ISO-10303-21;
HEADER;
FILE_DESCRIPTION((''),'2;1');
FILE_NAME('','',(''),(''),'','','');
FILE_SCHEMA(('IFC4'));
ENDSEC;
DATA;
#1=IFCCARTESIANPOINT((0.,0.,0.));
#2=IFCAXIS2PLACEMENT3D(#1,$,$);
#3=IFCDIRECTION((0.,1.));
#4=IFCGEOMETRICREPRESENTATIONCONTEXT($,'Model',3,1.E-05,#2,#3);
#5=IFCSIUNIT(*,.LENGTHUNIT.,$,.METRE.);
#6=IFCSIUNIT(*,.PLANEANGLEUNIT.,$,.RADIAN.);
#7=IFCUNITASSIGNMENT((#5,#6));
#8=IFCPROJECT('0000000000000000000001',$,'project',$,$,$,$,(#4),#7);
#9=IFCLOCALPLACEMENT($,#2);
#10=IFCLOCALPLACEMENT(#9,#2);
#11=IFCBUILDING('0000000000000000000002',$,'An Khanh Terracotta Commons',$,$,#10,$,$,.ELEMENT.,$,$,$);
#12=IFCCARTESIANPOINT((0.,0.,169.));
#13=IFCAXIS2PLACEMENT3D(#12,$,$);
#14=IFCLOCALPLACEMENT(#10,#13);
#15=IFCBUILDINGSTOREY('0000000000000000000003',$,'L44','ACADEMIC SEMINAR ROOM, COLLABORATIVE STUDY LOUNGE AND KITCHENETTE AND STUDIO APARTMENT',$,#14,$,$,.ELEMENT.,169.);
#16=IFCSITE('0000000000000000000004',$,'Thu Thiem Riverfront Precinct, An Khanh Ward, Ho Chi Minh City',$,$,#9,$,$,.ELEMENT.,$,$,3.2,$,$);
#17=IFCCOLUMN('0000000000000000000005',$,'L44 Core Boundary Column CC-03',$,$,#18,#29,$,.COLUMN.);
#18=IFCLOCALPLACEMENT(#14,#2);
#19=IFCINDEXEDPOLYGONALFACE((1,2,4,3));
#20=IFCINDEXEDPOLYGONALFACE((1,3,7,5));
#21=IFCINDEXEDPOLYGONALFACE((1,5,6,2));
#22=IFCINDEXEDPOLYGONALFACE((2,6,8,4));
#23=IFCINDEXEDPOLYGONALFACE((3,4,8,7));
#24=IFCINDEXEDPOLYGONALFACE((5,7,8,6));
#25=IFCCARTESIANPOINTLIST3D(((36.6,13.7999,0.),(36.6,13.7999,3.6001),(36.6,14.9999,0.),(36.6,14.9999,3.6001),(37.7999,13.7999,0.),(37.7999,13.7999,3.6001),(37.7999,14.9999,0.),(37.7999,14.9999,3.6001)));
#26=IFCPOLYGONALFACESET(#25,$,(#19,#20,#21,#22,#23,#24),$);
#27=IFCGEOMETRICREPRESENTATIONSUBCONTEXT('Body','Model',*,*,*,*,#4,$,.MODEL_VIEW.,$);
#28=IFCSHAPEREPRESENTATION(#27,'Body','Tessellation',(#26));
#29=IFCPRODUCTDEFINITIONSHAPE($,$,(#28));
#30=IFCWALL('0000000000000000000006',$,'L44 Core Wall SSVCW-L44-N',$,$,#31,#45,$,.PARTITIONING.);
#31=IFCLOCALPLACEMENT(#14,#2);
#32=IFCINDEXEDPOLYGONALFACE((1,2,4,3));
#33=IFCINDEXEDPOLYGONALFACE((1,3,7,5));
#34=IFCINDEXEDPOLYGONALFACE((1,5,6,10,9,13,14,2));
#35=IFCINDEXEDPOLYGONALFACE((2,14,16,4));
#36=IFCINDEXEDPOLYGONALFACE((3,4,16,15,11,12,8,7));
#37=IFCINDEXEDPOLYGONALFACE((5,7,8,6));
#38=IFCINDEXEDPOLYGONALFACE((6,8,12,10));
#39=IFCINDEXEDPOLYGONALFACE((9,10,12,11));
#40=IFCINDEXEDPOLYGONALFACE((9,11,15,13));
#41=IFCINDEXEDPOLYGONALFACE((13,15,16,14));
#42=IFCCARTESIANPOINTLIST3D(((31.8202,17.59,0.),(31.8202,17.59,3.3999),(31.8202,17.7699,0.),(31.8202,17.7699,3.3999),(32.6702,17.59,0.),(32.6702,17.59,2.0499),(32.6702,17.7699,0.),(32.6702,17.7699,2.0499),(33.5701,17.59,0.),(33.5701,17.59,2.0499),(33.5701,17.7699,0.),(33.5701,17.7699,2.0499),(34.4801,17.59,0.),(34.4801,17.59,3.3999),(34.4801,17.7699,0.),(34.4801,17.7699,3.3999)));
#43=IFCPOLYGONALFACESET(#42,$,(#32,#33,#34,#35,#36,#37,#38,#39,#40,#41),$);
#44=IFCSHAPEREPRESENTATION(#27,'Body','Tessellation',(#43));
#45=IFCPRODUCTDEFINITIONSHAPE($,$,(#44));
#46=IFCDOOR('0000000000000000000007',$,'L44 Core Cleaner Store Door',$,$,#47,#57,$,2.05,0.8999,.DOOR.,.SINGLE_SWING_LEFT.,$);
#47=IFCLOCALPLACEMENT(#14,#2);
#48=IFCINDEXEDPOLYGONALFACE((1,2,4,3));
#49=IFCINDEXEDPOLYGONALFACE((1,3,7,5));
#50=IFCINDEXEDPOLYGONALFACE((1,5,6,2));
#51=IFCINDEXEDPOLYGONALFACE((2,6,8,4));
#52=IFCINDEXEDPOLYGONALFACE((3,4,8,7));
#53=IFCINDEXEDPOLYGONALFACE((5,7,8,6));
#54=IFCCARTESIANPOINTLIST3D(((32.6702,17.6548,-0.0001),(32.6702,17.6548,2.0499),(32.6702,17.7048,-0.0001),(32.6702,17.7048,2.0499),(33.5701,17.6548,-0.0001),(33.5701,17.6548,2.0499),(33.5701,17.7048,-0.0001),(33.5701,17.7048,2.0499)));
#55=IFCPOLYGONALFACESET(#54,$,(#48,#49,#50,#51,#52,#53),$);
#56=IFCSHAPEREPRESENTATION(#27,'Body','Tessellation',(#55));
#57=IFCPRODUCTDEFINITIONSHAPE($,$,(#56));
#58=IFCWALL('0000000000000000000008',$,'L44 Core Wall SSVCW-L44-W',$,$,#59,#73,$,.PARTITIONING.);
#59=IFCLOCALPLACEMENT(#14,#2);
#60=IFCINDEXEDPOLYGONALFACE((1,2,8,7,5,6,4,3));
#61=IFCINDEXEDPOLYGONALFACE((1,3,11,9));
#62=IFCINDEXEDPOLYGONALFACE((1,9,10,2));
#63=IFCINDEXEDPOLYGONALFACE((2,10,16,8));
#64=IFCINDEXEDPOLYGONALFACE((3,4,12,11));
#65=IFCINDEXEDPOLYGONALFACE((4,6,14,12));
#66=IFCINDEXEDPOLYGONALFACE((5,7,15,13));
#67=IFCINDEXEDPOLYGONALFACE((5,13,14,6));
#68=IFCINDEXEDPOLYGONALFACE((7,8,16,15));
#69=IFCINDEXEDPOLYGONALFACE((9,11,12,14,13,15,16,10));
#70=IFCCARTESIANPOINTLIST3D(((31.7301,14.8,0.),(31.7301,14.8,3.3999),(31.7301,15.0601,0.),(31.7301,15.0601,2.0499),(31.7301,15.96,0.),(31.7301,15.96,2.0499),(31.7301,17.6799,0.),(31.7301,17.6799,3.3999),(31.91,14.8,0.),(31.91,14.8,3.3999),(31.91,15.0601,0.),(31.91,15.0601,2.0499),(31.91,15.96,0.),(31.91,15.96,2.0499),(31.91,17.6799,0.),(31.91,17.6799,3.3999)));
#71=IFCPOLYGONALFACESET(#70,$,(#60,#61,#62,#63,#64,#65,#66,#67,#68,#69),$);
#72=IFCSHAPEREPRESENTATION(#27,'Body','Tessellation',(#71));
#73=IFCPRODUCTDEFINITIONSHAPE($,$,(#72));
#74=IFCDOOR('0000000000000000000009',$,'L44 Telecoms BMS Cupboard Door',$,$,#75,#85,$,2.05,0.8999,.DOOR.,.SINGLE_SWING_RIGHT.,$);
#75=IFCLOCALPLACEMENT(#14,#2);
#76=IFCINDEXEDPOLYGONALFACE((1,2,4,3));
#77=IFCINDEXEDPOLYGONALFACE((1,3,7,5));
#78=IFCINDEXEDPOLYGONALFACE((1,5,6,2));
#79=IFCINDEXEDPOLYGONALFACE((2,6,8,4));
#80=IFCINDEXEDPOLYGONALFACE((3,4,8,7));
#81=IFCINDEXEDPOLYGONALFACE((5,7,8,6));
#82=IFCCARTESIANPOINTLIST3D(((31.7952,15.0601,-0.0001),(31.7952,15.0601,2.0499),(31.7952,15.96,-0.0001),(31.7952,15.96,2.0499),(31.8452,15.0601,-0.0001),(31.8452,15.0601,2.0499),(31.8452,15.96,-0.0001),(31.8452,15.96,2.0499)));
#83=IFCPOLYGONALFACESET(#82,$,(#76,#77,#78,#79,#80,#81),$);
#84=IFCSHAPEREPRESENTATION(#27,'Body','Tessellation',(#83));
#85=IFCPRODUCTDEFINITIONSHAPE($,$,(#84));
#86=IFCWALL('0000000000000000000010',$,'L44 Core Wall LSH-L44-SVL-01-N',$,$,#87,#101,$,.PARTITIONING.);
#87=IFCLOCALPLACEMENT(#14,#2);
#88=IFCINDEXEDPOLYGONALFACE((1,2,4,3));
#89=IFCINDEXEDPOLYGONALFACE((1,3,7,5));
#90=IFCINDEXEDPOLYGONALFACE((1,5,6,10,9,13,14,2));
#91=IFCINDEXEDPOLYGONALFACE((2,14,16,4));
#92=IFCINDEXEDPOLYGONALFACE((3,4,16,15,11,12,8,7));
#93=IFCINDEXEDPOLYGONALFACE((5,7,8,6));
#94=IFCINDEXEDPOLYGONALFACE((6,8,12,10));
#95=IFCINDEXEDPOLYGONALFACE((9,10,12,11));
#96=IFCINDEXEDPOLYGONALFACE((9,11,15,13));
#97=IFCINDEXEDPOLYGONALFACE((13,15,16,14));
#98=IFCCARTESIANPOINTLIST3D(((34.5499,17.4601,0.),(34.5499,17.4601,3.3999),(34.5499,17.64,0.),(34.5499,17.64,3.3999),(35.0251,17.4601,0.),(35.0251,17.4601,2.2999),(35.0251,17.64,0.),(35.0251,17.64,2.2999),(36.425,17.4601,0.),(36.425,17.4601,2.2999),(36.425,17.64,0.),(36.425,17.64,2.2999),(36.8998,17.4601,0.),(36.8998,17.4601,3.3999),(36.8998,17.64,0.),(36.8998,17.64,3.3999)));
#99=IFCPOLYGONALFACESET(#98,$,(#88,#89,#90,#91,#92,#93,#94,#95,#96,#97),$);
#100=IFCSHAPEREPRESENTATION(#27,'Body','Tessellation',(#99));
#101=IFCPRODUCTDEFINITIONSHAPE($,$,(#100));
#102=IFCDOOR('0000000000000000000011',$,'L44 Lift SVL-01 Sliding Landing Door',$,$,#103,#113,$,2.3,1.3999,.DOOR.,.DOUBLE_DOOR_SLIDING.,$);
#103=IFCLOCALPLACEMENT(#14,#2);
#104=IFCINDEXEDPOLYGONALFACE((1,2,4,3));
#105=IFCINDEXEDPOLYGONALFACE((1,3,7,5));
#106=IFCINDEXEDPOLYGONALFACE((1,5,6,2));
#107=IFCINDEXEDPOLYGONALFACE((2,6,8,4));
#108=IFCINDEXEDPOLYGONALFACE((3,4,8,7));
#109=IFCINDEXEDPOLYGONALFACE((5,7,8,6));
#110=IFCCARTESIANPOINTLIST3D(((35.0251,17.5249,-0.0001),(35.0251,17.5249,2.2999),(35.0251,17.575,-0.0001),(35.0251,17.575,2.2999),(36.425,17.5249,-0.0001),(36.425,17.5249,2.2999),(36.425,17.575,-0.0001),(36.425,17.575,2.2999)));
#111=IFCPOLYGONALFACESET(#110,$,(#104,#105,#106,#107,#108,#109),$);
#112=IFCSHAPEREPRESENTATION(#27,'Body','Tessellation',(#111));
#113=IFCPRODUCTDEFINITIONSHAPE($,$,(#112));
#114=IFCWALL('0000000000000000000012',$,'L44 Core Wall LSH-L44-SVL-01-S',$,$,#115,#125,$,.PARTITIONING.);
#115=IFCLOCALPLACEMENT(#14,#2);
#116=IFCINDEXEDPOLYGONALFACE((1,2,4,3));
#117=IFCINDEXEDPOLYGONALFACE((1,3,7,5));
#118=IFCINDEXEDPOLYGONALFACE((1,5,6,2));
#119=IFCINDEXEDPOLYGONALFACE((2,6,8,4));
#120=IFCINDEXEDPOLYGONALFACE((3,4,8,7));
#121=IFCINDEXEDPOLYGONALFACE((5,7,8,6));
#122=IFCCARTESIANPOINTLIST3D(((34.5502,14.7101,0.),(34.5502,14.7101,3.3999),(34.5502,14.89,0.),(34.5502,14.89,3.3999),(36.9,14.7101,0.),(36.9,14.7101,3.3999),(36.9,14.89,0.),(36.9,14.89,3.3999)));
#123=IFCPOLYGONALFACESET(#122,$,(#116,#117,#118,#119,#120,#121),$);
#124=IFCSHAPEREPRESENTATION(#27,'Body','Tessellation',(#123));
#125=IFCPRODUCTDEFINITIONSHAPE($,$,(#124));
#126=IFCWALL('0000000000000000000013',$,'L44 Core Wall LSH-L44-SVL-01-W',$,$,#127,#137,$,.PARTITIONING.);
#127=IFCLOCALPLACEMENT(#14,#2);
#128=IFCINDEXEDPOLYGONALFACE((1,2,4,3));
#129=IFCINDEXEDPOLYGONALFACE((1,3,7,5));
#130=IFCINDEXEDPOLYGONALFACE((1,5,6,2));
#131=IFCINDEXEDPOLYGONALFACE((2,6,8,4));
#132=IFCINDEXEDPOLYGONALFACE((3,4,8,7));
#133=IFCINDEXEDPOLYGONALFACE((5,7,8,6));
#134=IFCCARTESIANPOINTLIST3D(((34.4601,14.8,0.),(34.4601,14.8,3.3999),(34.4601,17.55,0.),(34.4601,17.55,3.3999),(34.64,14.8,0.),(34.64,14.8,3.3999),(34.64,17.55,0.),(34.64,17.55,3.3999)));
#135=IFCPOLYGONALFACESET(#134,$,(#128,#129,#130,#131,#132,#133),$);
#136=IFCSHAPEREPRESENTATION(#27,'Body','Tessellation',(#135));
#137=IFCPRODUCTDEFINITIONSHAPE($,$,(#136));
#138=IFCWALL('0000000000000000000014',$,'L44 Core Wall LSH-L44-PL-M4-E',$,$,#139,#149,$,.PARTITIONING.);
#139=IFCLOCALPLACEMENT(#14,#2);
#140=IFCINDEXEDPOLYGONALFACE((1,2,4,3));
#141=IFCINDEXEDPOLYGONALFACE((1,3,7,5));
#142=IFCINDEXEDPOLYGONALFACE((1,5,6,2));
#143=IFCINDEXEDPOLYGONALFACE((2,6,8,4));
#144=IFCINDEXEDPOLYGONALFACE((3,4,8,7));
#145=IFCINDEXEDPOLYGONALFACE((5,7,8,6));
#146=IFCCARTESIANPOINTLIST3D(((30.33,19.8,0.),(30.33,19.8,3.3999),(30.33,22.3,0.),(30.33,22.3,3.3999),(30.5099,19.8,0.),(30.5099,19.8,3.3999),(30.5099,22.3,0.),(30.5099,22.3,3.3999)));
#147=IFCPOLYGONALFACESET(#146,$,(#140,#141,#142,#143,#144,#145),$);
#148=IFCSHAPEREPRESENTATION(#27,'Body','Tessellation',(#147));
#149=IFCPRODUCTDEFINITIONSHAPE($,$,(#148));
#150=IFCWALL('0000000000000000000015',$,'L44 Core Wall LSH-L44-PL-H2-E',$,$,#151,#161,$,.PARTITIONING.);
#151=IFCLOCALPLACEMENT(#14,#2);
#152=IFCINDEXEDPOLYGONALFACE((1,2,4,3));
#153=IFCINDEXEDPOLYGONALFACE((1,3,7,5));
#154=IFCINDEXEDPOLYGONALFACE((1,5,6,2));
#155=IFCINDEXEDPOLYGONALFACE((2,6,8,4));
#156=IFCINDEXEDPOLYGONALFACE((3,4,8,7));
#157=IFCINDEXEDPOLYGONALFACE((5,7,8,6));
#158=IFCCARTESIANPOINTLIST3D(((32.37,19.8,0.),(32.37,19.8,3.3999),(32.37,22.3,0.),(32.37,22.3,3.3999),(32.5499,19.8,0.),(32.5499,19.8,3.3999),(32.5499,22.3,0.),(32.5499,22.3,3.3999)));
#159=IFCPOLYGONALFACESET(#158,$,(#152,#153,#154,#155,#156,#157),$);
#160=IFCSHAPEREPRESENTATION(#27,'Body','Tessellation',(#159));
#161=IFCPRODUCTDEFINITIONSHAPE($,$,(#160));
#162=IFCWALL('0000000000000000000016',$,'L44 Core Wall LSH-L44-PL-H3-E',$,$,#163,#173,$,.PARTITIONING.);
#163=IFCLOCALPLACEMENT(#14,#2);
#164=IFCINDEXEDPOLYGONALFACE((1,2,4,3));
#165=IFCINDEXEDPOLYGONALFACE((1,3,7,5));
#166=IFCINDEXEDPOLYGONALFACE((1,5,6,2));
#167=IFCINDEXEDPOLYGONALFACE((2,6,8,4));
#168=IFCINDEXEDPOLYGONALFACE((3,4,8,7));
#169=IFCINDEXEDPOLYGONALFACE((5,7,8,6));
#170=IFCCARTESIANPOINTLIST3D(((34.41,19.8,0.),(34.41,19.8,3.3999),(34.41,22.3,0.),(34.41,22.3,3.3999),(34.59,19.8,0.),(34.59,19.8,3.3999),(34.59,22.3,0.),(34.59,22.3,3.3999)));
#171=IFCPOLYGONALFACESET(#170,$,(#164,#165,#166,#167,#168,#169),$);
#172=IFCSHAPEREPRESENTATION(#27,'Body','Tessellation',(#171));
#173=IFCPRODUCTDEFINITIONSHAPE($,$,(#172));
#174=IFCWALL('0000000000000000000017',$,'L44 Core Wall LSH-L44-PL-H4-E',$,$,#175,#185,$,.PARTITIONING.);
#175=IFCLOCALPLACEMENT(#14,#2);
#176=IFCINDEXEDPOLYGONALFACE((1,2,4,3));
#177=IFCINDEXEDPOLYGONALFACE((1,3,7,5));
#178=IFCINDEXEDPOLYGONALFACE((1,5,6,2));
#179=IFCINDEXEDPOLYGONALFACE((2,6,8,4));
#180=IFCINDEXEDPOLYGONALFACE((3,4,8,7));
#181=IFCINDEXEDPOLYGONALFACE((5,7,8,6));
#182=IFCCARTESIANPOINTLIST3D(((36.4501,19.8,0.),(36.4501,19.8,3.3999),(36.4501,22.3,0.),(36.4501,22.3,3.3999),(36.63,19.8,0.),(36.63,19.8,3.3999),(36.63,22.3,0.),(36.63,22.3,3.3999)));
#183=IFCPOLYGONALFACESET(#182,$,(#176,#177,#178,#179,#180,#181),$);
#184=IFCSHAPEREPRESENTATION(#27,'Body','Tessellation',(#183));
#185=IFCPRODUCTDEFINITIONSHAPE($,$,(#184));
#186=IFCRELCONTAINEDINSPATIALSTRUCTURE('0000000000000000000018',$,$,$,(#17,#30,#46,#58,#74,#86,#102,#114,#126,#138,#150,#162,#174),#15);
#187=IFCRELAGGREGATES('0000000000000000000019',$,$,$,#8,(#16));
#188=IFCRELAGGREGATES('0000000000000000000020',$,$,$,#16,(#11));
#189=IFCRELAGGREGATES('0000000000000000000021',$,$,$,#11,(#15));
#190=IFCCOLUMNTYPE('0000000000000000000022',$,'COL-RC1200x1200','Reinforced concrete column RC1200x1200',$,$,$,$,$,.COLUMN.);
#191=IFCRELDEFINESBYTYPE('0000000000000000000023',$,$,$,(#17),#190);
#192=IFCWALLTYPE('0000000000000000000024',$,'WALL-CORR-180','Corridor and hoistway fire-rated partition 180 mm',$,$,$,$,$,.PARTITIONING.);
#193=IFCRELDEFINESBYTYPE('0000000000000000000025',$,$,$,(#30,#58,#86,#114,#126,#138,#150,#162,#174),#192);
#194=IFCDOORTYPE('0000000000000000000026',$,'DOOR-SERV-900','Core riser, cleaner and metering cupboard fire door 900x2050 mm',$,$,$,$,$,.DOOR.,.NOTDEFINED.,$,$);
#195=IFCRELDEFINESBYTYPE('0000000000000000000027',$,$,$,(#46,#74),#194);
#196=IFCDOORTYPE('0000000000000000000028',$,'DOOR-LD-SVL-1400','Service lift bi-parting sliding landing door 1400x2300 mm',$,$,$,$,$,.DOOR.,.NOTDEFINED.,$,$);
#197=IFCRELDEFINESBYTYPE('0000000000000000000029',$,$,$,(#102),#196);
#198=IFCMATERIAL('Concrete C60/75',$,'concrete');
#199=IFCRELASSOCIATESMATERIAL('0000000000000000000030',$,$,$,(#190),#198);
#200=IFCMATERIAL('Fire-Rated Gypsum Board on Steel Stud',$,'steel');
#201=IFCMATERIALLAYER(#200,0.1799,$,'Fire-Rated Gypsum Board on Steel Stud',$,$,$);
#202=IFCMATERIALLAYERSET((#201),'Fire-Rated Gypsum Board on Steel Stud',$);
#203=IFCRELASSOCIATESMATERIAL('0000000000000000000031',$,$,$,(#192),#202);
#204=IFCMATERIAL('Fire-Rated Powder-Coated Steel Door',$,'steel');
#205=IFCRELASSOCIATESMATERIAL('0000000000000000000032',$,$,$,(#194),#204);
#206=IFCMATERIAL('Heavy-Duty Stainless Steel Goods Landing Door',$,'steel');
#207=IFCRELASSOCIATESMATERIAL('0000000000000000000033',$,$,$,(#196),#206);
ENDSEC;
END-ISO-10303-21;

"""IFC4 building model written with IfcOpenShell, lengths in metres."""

from ifc_helpers import new_model, si_unit, direction, frame, frame_2d, origin, origin_2d, place, context, subcontext, project, spatial, rectangle, extrude, material, layer, layer_set, material_profile, profile_set, type_object, element, fill, save


model = new_model("IFC4")

# Units and contexts
model_context = context("Model", 3, precision=1e-05, world=origin(), true_north=direction((0.0, 1.0)))
body_context = subcontext(model_context, "Body", "Model", "MODEL_VIEW")
ifc_project = project(units=[si_unit("LENGTHUNIT", "METRE"), si_unit("PLANEANGLEUNIT", "RADIAN")], contexts=[model_context])

# Site, building, storey
site_placement = place(None, origin())
site = spatial("IfcSite", under=ifc_project, at=site_placement, Name="Thu Thiem Riverfront Precinct, An Khanh Ward, Ho Chi Minh City", CompositionType="ELEMENT", RefElevation=3.2)
building_placement = place(site_placement, origin())
building = spatial("IfcBuilding", under=site, at=building_placement, Name="An Khanh Terracotta Commons", CompositionType="ELEMENT")
storey_placement = place(building_placement, frame((0.0, 0.0, 169.0)))
storey = spatial("IfcBuildingStorey", under=building, at=storey_placement, Name="L44", Description="ACADEMIC SEMINAR ROOM, COLLABORATIVE STUDY LOUNGE AND KITCHENETTE AND STUDIO APARTMENT", CompositionType="ELEMENT", Elevation=169.0)

# Column
ifc_material_1 = material(Name="Concrete C60/75", Category="concrete")
ifc_material_profile = material_profile(ifc_material_1, rectangle(XDim=1.2, YDim=1.2, at=origin_2d()), Name="RC1200x1200")
ifc_profile_set = profile_set([ifc_material_profile], Name="Concrete C60/75")
column_type = type_object("IfcColumnType", Name="COL-RC1200x1200", Description="Reinforced concrete column RC1200x1200", PredefinedType="COLUMN", material=ifc_profile_set)
column_placement = place(storey_placement, frame((37.2, 14.3999, 0.0), z_axis=(0.0, 0.0, 1.0), x_axis=(1.0, 0.0, 0.0)))
element("IfcColumn", 1, at=column_placement, inside=storey, type_object=column_type, Name="L44 Core Boundary Column CC-03", PredefinedType="COLUMN", context=body_context, shape_type="SweptSolid", body=[
    extrude(rectangle(XDim=1.2, YDim=1.2, at=origin_2d()), origin(), (0.0, 0.0, 1.0), 3.6001),
])

# Walls, openings, doors
ifc_material_2 = material(Name="Fire-Rated Gypsum Board on Steel Stud", Category="steel")
ifc_layer_1 = layer(ifc_material_2, 0.1799, Name="Fire-Rated Gypsum Board on Steel Stud")
ifc_layer_set_1 = layer_set([ifc_layer_1], Name="Fire-Rated Gypsum Board on Steel Stud")
wall_type_1 = type_object("IfcWallType", Name="WALL-CORR-180", Description="Corridor and hoistway fire-rated partition 180 mm", PredefinedType="PARTITIONING", material=ifc_layer_set_1)
wall_1_placement = place(storey_placement, frame((31.8201, 17.6799, 0.0), z_axis=(0.0, 0.0, 1.0), x_axis=(1.0, 0.0, 0.0)))
wall_1 = element("IfcWall", 2, at=wall_1_placement, inside=storey, type_object=wall_type_1, Name="L44 Core Wall SSVCW-L44-N", PredefinedType="PARTITIONING", context=body_context, shape_type="SweptSolid", body=[
    extrude(rectangle(XDim=2.6599, YDim=0.1799, at=frame_2d((1.3301, 0.0))), origin(), (0.0, 0.0, 1.0), 3.3999),
])
opening_1_placement = place(wall_1_placement, frame((0.8501, 0.0, 0.0)))
opening_1 = element("IfcOpeningElement", 3, at=opening_1_placement, cuts=wall_1, PredefinedType="OPENING", context=body_context, shape_type="SweptSolid", body=[
    extrude(rectangle(XDim=0.8999, YDim=2.05, at=frame_2d((0.45, 1.0249))), frame((0.0, 0.0999, 0.0), z_axis=(0.0, -1.0, 0.0), x_axis=(1.0, 0.0, 0.0)), (0.0, 0.0, 1.0), 0.2),
])
ifc_material_3 = material(Name="Fire-Rated Powder-Coated Steel Door", Category="steel")
door_type_1 = type_object("IfcDoorType", Name="DOOR-SERV-900", Description="Core riser, cleaner and metering cupboard fire door 900x2050 mm", OperationType="NOTDEFINED", PredefinedType="DOOR", material=ifc_material_3)
door_1_placement = place(opening_1_placement, origin())
door_1 = element("IfcDoor", 4, at=door_1_placement, inside=storey, type_object=door_type_1, Name="L44 Core Cleaner Store Door", OperationType="SINGLE_SWING_LEFT", OverallHeight=2.05, OverallWidth=0.8999, PredefinedType="DOOR", context=body_context, shape_type="SweptSolid", body=[
    extrude(rectangle(XDim=0.8999, YDim=2.05, at=frame_2d((0.45, 1.0249))), frame((0.0, 0.0249, 0.0), z_axis=(0.0, -1.0, 0.0), x_axis=(1.0, 0.0, 0.0)), (0.0, 0.0, 1.0), 0.05),
])
fill(opening_1, door_1)
wall_2_placement = place(storey_placement, frame((31.8201, 14.8, 0.0), z_axis=(0.0, 0.0, 1.0), x_axis=(0.0, 1.0, 0.0)))
wall_2 = element("IfcWall", 5, at=wall_2_placement, inside=storey, type_object=wall_type_1, Name="L44 Core Wall SSVCW-L44-W", PredefinedType="PARTITIONING", context=body_context, shape_type="SweptSolid", body=[
    extrude(rectangle(XDim=2.8799, YDim=0.1799, at=frame_2d((1.4399, 0.0))), origin(), (0.0, 0.0, 1.0), 3.3999),
])
opening_2_placement = place(wall_2_placement, frame((0.26, 0.0, 0.0)))
opening_2 = element("IfcOpeningElement", 6, at=opening_2_placement, cuts=wall_2, PredefinedType="OPENING", context=body_context, shape_type="SweptSolid", body=[
    extrude(rectangle(XDim=0.8999, YDim=2.05, at=frame_2d((0.45, 1.0249))), frame((0.0, 0.0999, 0.0), z_axis=(0.0, -1.0, 0.0), x_axis=(1.0, 0.0, 0.0)), (0.0, 0.0, 1.0), 0.2),
])
door_2_placement = place(opening_2_placement, origin())
door_2 = element("IfcDoor", 7, at=door_2_placement, inside=storey, type_object=door_type_1, Name="L44 Telecoms BMS Cupboard Door", OperationType="SINGLE_SWING_RIGHT", OverallHeight=2.05, OverallWidth=0.8999, PredefinedType="DOOR", context=body_context, shape_type="SweptSolid", body=[
    extrude(rectangle(XDim=0.8999, YDim=2.05, at=frame_2d((0.45, 1.0249))), frame((0.0, 0.0249, 0.0), z_axis=(0.0, -1.0, 0.0), x_axis=(1.0, 0.0, 0.0)), (0.0, 0.0, 1.0), 0.05),
])
fill(opening_2, door_2)
wall_3_placement = place(storey_placement, frame((34.55, 17.55, 0.0), z_axis=(0.0, 0.0, 1.0), x_axis=(1.0, 0.0, 0.0)))
wall_3 = element("IfcWall", 8, at=wall_3_placement, inside=storey, type_object=wall_type_1, Name="L44 Core Wall LSH-L44-SVL-01-N", PredefinedType="PARTITIONING", context=body_context, shape_type="SweptSolid", body=[
    extrude(rectangle(XDim=2.3499, YDim=0.1799, at=frame_2d((1.1748, 0.0))), origin(), (0.0, 0.0, 1.0), 3.3999),
])
opening_3_placement = place(wall_3_placement, frame((0.4751, 0.0, 0.0)))
opening_3 = element("IfcOpeningElement", 9, at=opening_3_placement, cuts=wall_3, PredefinedType="OPENING", context=body_context, shape_type="SweptSolid", body=[
    extrude(rectangle(XDim=1.3999, YDim=2.3, at=frame_2d((0.7, 1.1499))), frame((0.0, 0.0999, 0.0), z_axis=(0.0, -1.0, 0.0), x_axis=(1.0, 0.0, 0.0)), (0.0, 0.0, 1.0), 0.2),
])
ifc_material_4 = material(Name="Heavy-Duty Stainless Steel Goods Landing Door", Category="steel")
door_type_2 = type_object("IfcDoorType", Name="DOOR-LD-SVL-1400", Description="Service lift bi-parting sliding landing door 1400x2300 mm", OperationType="NOTDEFINED", PredefinedType="DOOR", material=ifc_material_4)
door_3_placement = place(opening_3_placement, origin())
door_3 = element("IfcDoor", 10, at=door_3_placement, inside=storey, type_object=door_type_2, Name="L44 Lift SVL-01 Sliding Landing Door", OperationType="DOUBLE_DOOR_SLIDING", OverallHeight=2.3, OverallWidth=1.3999, PredefinedType="DOOR", context=body_context, shape_type="SweptSolid", body=[
    extrude(rectangle(XDim=1.3999, YDim=2.3, at=frame_2d((0.7, 1.1499))), frame((0.0, 0.0249, 0.0), z_axis=(0.0, -1.0, 0.0), x_axis=(1.0, 0.0, 0.0)), (0.0, 0.0, 1.0), 0.05),
])
fill(opening_3, door_3)

# Walls
wall_4_placement = place(storey_placement, frame((36.8999, 14.8, 0.0), z_axis=(0.0, 0.0, 1.0), x_axis=(-1.0, 0.0, 0.0)))
element("IfcWall", 11, at=wall_4_placement, inside=storey, type_object=wall_type_1, Name="L44 Core Wall LSH-L44-SVL-01-S", PredefinedType="PARTITIONING", context=body_context, shape_type="SweptSolid", body=[
    extrude(rectangle(XDim=2.3499, YDim=0.1799, at=frame_2d((1.1748, 0.0))), origin(), (0.0, 0.0, 1.0), 3.3999),
])
wall_5_placement = place(storey_placement, frame((34.55, 17.55, 0.0), z_axis=(0.0, 0.0, 1.0), x_axis=(0.0, -1.0, 0.0)))
element("IfcWall", 12, at=wall_5_placement, inside=storey, type_object=wall_type_1, Name="L44 Core Wall LSH-L44-SVL-01-W", PredefinedType="PARTITIONING", context=body_context, shape_type="SweptSolid", body=[
    extrude(rectangle(XDim=2.75, YDim=0.1799, at=frame_2d((1.375, 0.0))), origin(), (0.0, 0.0, 1.0), 3.3999),
])
for number, where, z_axis, x_axis, name in (
    (13, (30.4199, 19.8, 0.0), (0.0, 0.0, 1.0), (0.0, 1.0, 0.0), "L44 Core Wall LSH-L44-PL-M4-E"),
    (14, (32.46, 19.8, 0.0), (0.0, 0.0, 1.0), (0.0, 1.0, 0.0), "L44 Core Wall LSH-L44-PL-H2-E"),
    (15, (34.5, 19.8, 0.0), (0.0, 0.0, 1.0), (0.0, 1.0, 0.0), "L44 Core Wall LSH-L44-PL-H3-E"),
    (16, (36.54, 19.8, 0.0), (0.0, 0.0, 1.0), (0.0, 1.0, 0.0), "L44 Core Wall LSH-L44-PL-H4-E"),
):
    element("IfcWall", number, at=place(storey_placement, frame(where, z_axis=z_axis, x_axis=x_axis)), inside=storey, type_object=wall_type_1, Name=name, PredefinedType="PARTITIONING", context=body_context, shape_type="SweptSolid", body=[
        extrude(rectangle(XDim=2.5, YDim=0.1799, at=frame_2d((1.25, 0.0))), origin(), (0.0, 0.0, 1.0), 3.3999),
    ])

save(model, "model.ifc")
